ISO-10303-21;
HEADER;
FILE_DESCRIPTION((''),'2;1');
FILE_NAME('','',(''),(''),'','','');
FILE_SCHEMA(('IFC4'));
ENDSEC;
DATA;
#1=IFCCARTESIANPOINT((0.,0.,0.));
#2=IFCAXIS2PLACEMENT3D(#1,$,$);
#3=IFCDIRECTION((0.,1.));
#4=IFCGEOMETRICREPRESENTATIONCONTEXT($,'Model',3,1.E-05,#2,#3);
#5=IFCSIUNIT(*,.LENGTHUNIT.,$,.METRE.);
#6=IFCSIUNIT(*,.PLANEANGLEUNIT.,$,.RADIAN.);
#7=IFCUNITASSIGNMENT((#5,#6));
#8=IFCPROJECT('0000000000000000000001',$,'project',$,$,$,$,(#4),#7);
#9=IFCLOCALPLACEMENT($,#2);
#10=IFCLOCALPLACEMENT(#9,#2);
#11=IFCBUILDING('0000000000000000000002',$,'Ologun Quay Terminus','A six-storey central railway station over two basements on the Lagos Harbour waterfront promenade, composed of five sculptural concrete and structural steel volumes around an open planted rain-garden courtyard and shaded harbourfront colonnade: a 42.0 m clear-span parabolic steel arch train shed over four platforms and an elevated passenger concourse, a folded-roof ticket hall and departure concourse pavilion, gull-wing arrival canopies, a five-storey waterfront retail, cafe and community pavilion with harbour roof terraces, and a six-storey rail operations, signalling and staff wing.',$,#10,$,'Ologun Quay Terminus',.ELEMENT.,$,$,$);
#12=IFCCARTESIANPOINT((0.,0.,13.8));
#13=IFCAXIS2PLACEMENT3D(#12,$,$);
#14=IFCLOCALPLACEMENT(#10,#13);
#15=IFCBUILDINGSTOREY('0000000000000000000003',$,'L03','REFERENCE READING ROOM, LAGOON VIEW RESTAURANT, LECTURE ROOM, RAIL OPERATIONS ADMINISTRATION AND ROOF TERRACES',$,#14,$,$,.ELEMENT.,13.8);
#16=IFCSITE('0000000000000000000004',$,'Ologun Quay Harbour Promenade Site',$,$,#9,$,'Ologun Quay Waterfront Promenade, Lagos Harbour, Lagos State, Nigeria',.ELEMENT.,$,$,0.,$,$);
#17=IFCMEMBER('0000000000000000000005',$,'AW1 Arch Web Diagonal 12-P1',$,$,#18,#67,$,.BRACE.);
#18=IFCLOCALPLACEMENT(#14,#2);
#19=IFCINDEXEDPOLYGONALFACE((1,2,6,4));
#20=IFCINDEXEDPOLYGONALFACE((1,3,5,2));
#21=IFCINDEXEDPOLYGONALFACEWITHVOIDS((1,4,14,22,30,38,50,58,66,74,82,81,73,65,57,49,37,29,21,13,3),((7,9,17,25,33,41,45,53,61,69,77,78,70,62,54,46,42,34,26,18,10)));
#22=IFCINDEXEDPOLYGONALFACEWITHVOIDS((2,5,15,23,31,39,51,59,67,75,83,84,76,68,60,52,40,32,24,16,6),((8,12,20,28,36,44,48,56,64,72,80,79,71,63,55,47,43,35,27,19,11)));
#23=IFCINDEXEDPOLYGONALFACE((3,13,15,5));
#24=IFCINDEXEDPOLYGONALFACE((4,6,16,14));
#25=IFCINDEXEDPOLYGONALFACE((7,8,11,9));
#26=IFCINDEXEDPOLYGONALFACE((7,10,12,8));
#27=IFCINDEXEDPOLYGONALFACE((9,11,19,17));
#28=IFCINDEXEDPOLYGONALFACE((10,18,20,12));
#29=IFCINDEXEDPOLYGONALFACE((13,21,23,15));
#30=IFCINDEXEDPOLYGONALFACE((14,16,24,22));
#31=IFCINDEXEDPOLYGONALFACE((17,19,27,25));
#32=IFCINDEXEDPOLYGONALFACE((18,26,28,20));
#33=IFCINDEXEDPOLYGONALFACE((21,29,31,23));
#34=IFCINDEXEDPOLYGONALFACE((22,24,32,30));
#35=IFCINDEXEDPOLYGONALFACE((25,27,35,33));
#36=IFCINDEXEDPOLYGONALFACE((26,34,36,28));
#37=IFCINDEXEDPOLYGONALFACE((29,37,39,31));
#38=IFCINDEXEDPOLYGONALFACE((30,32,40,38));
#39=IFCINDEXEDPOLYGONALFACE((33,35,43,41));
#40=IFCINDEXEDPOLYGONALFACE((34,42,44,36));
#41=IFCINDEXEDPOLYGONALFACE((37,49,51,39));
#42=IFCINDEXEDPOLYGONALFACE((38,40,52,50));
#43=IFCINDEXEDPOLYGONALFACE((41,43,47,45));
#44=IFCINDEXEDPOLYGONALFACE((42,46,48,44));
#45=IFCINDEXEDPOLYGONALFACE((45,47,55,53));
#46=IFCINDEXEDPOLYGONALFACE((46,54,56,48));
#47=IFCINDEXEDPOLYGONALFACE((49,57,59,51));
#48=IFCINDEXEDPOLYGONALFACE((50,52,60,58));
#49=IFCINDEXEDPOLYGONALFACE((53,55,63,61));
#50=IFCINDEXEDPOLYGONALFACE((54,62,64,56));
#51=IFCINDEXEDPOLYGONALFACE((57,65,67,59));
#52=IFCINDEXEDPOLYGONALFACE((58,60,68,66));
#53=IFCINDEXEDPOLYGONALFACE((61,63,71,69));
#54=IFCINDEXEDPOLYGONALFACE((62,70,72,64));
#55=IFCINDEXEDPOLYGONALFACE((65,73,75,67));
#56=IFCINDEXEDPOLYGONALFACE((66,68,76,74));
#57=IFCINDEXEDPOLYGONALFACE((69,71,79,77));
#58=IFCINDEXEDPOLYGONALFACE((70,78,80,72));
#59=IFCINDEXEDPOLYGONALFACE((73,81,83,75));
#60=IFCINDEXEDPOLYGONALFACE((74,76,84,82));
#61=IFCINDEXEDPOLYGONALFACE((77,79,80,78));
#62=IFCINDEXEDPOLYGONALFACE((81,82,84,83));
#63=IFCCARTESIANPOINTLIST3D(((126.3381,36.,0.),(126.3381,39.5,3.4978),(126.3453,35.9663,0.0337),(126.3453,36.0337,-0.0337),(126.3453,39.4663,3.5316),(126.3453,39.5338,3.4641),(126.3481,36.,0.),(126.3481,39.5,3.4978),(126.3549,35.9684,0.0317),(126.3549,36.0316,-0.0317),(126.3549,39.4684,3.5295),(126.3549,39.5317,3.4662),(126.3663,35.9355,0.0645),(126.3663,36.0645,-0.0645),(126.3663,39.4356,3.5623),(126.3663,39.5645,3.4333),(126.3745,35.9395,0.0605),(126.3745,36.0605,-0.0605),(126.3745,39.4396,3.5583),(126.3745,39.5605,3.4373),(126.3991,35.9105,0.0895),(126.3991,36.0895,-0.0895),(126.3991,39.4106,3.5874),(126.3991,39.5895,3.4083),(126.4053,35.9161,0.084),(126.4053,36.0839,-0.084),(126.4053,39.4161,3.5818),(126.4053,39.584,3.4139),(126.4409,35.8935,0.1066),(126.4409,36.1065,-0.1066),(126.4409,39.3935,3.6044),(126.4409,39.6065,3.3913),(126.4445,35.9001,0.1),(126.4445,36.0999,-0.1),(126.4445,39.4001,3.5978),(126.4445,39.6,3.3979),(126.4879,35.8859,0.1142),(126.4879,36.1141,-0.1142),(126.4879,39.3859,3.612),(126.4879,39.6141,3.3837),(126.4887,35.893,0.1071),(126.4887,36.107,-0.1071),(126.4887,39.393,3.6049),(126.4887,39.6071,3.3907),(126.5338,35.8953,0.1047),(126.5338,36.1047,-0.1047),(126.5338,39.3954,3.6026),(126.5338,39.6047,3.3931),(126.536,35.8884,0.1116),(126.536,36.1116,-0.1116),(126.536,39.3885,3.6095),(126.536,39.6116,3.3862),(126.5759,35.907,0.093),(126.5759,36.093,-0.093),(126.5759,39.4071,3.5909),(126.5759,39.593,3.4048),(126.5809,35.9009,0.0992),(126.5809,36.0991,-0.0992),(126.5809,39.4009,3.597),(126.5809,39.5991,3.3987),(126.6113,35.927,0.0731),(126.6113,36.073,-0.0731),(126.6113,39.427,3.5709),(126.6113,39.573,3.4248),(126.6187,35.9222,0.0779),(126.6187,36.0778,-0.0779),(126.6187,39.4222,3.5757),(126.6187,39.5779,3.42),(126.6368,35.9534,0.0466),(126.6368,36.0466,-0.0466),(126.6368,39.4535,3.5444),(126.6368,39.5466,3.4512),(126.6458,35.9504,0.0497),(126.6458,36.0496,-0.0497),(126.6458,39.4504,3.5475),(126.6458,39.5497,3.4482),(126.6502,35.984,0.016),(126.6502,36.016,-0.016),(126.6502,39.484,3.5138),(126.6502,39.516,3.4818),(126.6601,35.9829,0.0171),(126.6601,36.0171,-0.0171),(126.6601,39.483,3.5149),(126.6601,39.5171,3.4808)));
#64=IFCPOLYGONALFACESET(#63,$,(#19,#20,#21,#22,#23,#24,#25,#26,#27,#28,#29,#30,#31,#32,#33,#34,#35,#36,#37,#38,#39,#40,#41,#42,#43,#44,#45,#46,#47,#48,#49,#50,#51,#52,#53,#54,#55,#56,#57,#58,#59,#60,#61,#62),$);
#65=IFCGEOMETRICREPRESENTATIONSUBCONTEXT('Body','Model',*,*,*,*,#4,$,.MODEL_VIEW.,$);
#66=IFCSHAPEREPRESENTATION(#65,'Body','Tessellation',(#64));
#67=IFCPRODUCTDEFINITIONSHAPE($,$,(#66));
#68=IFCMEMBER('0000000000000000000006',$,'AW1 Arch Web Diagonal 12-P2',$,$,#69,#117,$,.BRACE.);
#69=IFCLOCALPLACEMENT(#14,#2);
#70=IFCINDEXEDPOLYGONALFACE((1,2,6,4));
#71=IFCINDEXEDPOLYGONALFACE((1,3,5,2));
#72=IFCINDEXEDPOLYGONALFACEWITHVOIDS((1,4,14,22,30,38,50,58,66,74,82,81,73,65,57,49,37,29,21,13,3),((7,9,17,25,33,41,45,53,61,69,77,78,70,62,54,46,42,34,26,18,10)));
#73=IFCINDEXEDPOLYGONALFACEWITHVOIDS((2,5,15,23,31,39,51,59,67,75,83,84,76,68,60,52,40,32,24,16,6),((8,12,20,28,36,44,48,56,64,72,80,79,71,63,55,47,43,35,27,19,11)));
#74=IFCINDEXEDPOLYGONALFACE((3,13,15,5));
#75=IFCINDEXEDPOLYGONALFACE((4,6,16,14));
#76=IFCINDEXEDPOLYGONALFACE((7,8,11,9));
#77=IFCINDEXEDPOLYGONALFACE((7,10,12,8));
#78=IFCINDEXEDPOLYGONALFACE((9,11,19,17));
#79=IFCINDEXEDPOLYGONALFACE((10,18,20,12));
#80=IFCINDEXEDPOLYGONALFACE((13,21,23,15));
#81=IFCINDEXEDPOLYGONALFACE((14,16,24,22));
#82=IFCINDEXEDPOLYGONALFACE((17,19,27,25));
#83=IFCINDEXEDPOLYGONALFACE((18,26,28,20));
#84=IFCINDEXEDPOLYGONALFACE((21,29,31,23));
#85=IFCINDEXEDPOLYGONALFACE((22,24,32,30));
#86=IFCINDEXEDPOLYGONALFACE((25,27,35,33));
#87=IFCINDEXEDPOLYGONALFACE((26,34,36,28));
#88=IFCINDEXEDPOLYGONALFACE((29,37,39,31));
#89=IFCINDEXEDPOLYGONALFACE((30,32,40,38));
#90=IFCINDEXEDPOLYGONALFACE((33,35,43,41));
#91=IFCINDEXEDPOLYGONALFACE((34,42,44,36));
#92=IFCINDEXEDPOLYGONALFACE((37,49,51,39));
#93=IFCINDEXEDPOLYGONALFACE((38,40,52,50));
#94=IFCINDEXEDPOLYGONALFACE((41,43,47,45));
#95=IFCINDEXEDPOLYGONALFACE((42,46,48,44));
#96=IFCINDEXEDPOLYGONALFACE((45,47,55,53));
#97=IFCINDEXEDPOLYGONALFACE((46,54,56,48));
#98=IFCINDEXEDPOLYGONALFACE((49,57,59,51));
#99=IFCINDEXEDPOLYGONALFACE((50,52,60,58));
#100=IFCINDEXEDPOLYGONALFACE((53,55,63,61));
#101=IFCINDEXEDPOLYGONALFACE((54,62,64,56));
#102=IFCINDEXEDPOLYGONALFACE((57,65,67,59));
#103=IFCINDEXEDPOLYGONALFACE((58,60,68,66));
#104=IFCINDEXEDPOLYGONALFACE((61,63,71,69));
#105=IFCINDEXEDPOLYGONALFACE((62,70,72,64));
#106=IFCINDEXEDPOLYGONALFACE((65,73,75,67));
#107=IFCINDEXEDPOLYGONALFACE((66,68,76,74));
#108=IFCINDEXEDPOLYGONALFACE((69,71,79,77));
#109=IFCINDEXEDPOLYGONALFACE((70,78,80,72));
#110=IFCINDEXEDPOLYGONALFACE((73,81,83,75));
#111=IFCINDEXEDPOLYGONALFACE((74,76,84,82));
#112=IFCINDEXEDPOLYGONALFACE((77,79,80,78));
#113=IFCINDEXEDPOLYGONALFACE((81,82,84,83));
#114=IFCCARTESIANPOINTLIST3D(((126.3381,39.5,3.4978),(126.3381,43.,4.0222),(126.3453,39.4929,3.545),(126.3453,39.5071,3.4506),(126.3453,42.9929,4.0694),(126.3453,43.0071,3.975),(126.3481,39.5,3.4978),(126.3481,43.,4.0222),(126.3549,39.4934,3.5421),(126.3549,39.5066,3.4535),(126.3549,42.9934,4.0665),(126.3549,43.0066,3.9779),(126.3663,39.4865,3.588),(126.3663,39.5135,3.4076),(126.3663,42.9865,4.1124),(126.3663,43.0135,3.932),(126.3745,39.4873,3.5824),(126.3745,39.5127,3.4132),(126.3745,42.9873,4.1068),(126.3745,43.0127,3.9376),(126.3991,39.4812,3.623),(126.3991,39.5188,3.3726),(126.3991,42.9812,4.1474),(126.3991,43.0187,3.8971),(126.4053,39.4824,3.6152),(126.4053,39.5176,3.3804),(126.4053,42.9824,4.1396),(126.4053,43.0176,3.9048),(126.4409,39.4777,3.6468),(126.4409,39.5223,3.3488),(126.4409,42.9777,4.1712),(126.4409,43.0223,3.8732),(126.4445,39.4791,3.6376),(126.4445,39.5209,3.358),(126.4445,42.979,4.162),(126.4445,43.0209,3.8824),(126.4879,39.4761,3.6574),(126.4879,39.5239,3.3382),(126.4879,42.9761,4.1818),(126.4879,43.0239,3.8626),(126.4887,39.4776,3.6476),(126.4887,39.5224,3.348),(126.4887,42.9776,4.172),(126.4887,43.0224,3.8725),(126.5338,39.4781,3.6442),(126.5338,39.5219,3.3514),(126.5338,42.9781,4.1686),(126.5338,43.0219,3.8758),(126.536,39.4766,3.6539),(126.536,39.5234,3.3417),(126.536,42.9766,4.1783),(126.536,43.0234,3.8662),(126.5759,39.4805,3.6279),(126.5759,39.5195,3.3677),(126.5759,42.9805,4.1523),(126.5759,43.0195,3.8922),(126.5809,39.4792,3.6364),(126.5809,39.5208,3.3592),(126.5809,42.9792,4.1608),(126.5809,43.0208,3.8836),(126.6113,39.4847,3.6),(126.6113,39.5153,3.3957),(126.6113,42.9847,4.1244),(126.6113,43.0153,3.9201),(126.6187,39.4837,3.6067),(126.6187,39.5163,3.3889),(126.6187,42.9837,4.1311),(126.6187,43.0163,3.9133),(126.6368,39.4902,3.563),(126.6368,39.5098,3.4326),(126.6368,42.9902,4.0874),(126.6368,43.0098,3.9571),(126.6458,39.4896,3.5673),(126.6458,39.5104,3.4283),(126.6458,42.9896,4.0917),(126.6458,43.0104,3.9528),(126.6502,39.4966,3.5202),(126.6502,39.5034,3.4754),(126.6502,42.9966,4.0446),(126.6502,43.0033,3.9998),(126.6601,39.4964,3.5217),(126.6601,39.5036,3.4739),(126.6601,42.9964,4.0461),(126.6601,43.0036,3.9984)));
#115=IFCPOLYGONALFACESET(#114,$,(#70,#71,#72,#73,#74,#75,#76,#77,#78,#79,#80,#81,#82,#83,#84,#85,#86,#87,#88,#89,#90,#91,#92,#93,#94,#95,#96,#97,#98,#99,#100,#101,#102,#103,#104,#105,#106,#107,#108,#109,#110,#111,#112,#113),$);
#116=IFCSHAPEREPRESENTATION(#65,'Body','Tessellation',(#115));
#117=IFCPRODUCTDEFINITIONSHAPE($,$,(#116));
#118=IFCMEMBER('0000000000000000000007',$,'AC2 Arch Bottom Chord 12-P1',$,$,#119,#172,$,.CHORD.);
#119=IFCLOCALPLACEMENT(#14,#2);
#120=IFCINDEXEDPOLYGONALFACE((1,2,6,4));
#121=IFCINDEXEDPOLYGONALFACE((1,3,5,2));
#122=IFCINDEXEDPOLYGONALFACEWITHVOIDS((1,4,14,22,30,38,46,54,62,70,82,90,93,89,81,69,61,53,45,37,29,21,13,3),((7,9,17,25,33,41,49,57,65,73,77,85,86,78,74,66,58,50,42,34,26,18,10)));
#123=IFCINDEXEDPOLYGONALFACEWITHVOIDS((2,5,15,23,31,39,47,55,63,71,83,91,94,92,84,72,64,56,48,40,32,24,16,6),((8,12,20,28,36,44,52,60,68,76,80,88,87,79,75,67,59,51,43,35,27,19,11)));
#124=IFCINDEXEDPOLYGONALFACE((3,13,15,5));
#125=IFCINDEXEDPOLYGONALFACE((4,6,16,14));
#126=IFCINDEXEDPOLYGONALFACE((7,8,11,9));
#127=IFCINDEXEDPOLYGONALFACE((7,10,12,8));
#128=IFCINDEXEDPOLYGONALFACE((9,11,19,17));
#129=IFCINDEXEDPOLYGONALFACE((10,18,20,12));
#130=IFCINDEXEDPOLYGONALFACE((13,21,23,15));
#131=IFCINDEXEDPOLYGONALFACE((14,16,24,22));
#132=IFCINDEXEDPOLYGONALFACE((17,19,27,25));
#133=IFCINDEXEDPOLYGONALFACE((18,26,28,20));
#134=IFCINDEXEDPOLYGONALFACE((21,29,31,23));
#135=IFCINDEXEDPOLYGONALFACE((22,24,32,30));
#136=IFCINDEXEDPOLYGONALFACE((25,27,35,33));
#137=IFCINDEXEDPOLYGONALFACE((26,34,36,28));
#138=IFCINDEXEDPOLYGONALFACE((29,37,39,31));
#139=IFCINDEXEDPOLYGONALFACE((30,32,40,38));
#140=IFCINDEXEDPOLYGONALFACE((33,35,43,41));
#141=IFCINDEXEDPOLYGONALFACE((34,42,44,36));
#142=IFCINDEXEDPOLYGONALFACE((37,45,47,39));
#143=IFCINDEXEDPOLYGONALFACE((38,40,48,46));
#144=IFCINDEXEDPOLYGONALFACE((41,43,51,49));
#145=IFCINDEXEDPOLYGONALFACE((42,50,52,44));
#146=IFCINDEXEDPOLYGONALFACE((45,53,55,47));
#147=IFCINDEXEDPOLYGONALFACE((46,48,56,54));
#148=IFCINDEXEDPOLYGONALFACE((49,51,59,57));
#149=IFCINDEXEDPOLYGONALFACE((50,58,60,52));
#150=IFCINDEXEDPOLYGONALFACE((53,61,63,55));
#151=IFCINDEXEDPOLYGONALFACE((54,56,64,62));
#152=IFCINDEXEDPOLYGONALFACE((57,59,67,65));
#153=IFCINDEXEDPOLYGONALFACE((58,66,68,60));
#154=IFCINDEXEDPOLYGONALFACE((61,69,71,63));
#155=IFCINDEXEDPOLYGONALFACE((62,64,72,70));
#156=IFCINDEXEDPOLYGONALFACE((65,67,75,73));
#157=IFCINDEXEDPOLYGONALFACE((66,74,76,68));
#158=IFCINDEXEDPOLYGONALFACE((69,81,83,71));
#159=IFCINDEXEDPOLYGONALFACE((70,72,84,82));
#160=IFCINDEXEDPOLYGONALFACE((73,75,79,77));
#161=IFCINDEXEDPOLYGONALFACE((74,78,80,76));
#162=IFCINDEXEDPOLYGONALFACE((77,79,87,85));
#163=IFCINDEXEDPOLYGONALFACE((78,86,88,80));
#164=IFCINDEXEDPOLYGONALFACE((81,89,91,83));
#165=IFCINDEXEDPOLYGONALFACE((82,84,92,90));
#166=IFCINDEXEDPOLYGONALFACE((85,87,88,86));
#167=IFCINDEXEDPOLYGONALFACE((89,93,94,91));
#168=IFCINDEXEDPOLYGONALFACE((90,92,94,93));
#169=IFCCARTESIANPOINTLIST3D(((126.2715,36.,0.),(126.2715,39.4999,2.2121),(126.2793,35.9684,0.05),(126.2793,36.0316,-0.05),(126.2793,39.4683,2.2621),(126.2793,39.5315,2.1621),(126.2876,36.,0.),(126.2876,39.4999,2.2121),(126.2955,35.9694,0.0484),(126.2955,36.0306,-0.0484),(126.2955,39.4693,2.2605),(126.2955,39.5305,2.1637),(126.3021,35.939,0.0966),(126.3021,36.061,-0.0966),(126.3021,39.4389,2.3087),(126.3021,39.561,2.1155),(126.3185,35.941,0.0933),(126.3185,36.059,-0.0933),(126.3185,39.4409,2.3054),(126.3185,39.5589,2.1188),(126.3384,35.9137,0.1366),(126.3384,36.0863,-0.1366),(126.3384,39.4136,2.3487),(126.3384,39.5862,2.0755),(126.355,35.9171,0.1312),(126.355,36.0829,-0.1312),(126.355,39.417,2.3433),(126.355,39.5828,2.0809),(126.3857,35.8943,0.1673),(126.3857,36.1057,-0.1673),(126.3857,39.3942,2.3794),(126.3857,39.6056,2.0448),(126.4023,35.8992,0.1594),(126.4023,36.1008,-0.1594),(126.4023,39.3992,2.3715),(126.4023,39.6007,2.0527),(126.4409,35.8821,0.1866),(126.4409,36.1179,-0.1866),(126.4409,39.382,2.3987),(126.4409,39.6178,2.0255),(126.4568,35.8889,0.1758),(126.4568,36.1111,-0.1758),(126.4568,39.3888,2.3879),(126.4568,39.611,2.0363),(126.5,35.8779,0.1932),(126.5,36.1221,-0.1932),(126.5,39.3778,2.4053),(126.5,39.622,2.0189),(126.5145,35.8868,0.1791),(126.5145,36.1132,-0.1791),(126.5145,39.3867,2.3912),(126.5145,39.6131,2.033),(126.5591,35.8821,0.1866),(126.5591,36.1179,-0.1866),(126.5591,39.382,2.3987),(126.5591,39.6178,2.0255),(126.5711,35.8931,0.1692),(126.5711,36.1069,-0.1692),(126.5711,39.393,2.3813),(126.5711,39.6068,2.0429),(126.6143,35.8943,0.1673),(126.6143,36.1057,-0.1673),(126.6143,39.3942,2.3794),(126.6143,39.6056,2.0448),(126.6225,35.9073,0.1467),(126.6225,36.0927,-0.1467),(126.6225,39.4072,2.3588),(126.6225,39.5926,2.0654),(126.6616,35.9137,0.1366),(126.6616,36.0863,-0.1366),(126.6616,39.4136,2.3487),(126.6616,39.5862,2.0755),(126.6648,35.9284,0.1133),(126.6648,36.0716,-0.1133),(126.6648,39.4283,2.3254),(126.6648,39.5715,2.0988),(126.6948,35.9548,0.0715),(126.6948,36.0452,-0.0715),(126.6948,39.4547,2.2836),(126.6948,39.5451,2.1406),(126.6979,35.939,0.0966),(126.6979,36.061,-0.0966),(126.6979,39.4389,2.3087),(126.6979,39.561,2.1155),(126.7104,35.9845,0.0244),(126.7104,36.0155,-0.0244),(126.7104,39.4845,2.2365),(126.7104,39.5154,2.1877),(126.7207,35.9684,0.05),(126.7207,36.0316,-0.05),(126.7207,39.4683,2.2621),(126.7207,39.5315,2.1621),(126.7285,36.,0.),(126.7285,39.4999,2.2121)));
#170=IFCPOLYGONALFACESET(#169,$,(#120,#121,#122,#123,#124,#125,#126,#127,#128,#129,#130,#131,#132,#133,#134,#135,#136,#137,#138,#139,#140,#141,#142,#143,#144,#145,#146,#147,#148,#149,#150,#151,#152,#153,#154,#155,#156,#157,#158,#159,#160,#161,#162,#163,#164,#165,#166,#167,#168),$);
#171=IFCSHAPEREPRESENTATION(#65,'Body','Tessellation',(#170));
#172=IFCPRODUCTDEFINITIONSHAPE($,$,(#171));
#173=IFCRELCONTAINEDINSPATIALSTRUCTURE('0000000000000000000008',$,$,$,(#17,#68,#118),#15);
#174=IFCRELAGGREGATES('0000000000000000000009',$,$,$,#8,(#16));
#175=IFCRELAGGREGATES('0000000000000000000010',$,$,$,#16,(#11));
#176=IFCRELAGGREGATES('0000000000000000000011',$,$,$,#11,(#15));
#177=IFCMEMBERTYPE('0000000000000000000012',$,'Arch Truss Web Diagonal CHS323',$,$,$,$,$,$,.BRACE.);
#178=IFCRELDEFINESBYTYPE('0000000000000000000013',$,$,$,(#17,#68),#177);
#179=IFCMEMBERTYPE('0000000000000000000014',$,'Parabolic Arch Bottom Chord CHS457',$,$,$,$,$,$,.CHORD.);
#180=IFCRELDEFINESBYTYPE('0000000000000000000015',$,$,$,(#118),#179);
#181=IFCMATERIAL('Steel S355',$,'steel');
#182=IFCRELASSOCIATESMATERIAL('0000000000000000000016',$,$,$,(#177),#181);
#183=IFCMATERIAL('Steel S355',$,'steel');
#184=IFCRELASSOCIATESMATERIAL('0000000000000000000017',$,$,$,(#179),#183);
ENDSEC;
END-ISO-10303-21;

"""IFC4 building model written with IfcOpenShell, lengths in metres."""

from ifc_helpers import new_model, si_unit, direction, frame, origin, origin_2d, place, context, subcontext, project, spatial, hollow_circle, extrude, material, material_profile, profile_set, type_object, element, save


model = new_model("IFC4")

# Units and contexts
model_context = context("Model", 3, precision=1e-05, world=origin(), true_north=direction((0.0, 1.0)))
body_context = subcontext(model_context, "Body", "Model", "MODEL_VIEW")
ifc_project = project(units=[si_unit("LENGTHUNIT", "METRE"), si_unit("PLANEANGLEUNIT", "RADIAN")], contexts=[model_context])

# Site, building, storey
site_placement = place(None, origin())
site = spatial("IfcSite", under=ifc_project, at=site_placement, Name="Ologun Quay Harbour Promenade Site", LongName="Ologun Quay Waterfront Promenade, Lagos Harbour, Lagos State, Nigeria", CompositionType="ELEMENT", RefElevation=0.0)
building_placement = place(site_placement, origin())
building = spatial("IfcBuilding", under=site, at=building_placement, Name="Ologun Quay Terminus", Description="A six-storey central railway station over two basements on the Lagos Harbour waterfront promenade, composed of five sculptural concrete and structural steel volumes around an open planted rain-garden courtyard and shaded harbourfront colonnade: a 42.0 m clear-span parabolic steel arch train shed over four platforms and an elevated passenger concourse, a folded-roof ticket hall and departure concourse pavilion, gull-wing arrival canopies, a five-storey waterfront retail, cafe and community pavilion with harbour roof terraces, and a six-storey rail operations, signalling and staff wing.", LongName="Ologun Quay Terminus", CompositionType="ELEMENT")
storey_placement = place(building_placement, frame((0.0, 0.0, 13.8)))
storey = spatial("IfcBuildingStorey", under=building, at=storey_placement, Name="L03", Description="REFERENCE READING ROOM, LAGOON VIEW RESTAURANT, LECTURE ROOM, RAIL OPERATIONS ADMINISTRATION AND ROOF TERRACES", CompositionType="ELEMENT", Elevation=13.8)

# Members
ifc_material_1 = material(Name="Steel S355", Category="steel")
ifc_material_profile_1 = material_profile(ifc_material_1, hollow_circle(Radius=0.1619, WallThickness=0.01, at=origin_2d()), Name="CHS 323.9x10")
ifc_profile_set_1 = profile_set([ifc_material_profile_1], Name="Steel S355")
member_type_1 = type_object("IfcMemberType", Name="Arch Truss Web Diagonal CHS323", PredefinedType="BRACE", material=ifc_profile_set_1)
member_1_placement = place(storey_placement, frame((126.5, 36.0, 0.0), z_axis=(0.0, 0.707329, 0.706885), x_axis=(-1.0, 0.0, 0.0)))
element("IfcMember", 1, at=member_1_placement, inside=storey, type_object=member_type_1, Name="AW1 Arch Web Diagonal 12-P1", PredefinedType="BRACE", context=body_context, shape_type="SweptSolid", body=[
    extrude(hollow_circle(Radius=0.1619, WallThickness=0.01, at=origin_2d()), origin(), (0.0, 0.0, 1.0), 4.9482),
])
member_2_placement = place(storey_placement, frame((126.5, 39.5, 3.4978), z_axis=(0.0, 0.988961, 0.148179), x_axis=(-1.0, 0.0, 0.0)))
element("IfcMember", 2, at=member_2_placement, inside=storey, type_object=member_type_1, Name="AW1 Arch Web Diagonal 12-P2", PredefinedType="BRACE", context=body_context, shape_type="SweptSolid", body=[
    extrude(hollow_circle(Radius=0.1619, WallThickness=0.01, at=origin_2d()), origin(), (0.0, 0.0, 1.0), 3.5391),
])
ifc_material_2 = material(Name="Steel S355", Category="steel")
ifc_material_profile_2 = material_profile(ifc_material_2, hollow_circle(Radius=0.2285, WallThickness=0.0161, at=origin_2d()), Name="CHS 457x16")
ifc_profile_set_2 = profile_set([ifc_material_profile_2], Name="Steel S355")
member_type_2 = type_object("IfcMemberType", Name="Parabolic Arch Bottom Chord CHS457", PredefinedType="CHORD", material=ifc_profile_set_2)
member_3_placement = place(storey_placement, frame((126.5, 36.0, 0.0), z_axis=(0.0, 0.845311, 0.534275), x_axis=(-1.0, 0.0, 0.0)))
element("IfcMember", 3, at=member_3_placement, inside=storey, type_object=member_type_2, Name="AC2 Arch Bottom Chord 12-P1", PredefinedType="CHORD", context=body_context, shape_type="SweptSolid", body=[
    extrude(hollow_circle(Radius=0.2285, WallThickness=0.0161, at=origin_2d()), origin(), (0.0, 0.0, 1.0), 4.1404),
])

save(model, "model.ifc")
